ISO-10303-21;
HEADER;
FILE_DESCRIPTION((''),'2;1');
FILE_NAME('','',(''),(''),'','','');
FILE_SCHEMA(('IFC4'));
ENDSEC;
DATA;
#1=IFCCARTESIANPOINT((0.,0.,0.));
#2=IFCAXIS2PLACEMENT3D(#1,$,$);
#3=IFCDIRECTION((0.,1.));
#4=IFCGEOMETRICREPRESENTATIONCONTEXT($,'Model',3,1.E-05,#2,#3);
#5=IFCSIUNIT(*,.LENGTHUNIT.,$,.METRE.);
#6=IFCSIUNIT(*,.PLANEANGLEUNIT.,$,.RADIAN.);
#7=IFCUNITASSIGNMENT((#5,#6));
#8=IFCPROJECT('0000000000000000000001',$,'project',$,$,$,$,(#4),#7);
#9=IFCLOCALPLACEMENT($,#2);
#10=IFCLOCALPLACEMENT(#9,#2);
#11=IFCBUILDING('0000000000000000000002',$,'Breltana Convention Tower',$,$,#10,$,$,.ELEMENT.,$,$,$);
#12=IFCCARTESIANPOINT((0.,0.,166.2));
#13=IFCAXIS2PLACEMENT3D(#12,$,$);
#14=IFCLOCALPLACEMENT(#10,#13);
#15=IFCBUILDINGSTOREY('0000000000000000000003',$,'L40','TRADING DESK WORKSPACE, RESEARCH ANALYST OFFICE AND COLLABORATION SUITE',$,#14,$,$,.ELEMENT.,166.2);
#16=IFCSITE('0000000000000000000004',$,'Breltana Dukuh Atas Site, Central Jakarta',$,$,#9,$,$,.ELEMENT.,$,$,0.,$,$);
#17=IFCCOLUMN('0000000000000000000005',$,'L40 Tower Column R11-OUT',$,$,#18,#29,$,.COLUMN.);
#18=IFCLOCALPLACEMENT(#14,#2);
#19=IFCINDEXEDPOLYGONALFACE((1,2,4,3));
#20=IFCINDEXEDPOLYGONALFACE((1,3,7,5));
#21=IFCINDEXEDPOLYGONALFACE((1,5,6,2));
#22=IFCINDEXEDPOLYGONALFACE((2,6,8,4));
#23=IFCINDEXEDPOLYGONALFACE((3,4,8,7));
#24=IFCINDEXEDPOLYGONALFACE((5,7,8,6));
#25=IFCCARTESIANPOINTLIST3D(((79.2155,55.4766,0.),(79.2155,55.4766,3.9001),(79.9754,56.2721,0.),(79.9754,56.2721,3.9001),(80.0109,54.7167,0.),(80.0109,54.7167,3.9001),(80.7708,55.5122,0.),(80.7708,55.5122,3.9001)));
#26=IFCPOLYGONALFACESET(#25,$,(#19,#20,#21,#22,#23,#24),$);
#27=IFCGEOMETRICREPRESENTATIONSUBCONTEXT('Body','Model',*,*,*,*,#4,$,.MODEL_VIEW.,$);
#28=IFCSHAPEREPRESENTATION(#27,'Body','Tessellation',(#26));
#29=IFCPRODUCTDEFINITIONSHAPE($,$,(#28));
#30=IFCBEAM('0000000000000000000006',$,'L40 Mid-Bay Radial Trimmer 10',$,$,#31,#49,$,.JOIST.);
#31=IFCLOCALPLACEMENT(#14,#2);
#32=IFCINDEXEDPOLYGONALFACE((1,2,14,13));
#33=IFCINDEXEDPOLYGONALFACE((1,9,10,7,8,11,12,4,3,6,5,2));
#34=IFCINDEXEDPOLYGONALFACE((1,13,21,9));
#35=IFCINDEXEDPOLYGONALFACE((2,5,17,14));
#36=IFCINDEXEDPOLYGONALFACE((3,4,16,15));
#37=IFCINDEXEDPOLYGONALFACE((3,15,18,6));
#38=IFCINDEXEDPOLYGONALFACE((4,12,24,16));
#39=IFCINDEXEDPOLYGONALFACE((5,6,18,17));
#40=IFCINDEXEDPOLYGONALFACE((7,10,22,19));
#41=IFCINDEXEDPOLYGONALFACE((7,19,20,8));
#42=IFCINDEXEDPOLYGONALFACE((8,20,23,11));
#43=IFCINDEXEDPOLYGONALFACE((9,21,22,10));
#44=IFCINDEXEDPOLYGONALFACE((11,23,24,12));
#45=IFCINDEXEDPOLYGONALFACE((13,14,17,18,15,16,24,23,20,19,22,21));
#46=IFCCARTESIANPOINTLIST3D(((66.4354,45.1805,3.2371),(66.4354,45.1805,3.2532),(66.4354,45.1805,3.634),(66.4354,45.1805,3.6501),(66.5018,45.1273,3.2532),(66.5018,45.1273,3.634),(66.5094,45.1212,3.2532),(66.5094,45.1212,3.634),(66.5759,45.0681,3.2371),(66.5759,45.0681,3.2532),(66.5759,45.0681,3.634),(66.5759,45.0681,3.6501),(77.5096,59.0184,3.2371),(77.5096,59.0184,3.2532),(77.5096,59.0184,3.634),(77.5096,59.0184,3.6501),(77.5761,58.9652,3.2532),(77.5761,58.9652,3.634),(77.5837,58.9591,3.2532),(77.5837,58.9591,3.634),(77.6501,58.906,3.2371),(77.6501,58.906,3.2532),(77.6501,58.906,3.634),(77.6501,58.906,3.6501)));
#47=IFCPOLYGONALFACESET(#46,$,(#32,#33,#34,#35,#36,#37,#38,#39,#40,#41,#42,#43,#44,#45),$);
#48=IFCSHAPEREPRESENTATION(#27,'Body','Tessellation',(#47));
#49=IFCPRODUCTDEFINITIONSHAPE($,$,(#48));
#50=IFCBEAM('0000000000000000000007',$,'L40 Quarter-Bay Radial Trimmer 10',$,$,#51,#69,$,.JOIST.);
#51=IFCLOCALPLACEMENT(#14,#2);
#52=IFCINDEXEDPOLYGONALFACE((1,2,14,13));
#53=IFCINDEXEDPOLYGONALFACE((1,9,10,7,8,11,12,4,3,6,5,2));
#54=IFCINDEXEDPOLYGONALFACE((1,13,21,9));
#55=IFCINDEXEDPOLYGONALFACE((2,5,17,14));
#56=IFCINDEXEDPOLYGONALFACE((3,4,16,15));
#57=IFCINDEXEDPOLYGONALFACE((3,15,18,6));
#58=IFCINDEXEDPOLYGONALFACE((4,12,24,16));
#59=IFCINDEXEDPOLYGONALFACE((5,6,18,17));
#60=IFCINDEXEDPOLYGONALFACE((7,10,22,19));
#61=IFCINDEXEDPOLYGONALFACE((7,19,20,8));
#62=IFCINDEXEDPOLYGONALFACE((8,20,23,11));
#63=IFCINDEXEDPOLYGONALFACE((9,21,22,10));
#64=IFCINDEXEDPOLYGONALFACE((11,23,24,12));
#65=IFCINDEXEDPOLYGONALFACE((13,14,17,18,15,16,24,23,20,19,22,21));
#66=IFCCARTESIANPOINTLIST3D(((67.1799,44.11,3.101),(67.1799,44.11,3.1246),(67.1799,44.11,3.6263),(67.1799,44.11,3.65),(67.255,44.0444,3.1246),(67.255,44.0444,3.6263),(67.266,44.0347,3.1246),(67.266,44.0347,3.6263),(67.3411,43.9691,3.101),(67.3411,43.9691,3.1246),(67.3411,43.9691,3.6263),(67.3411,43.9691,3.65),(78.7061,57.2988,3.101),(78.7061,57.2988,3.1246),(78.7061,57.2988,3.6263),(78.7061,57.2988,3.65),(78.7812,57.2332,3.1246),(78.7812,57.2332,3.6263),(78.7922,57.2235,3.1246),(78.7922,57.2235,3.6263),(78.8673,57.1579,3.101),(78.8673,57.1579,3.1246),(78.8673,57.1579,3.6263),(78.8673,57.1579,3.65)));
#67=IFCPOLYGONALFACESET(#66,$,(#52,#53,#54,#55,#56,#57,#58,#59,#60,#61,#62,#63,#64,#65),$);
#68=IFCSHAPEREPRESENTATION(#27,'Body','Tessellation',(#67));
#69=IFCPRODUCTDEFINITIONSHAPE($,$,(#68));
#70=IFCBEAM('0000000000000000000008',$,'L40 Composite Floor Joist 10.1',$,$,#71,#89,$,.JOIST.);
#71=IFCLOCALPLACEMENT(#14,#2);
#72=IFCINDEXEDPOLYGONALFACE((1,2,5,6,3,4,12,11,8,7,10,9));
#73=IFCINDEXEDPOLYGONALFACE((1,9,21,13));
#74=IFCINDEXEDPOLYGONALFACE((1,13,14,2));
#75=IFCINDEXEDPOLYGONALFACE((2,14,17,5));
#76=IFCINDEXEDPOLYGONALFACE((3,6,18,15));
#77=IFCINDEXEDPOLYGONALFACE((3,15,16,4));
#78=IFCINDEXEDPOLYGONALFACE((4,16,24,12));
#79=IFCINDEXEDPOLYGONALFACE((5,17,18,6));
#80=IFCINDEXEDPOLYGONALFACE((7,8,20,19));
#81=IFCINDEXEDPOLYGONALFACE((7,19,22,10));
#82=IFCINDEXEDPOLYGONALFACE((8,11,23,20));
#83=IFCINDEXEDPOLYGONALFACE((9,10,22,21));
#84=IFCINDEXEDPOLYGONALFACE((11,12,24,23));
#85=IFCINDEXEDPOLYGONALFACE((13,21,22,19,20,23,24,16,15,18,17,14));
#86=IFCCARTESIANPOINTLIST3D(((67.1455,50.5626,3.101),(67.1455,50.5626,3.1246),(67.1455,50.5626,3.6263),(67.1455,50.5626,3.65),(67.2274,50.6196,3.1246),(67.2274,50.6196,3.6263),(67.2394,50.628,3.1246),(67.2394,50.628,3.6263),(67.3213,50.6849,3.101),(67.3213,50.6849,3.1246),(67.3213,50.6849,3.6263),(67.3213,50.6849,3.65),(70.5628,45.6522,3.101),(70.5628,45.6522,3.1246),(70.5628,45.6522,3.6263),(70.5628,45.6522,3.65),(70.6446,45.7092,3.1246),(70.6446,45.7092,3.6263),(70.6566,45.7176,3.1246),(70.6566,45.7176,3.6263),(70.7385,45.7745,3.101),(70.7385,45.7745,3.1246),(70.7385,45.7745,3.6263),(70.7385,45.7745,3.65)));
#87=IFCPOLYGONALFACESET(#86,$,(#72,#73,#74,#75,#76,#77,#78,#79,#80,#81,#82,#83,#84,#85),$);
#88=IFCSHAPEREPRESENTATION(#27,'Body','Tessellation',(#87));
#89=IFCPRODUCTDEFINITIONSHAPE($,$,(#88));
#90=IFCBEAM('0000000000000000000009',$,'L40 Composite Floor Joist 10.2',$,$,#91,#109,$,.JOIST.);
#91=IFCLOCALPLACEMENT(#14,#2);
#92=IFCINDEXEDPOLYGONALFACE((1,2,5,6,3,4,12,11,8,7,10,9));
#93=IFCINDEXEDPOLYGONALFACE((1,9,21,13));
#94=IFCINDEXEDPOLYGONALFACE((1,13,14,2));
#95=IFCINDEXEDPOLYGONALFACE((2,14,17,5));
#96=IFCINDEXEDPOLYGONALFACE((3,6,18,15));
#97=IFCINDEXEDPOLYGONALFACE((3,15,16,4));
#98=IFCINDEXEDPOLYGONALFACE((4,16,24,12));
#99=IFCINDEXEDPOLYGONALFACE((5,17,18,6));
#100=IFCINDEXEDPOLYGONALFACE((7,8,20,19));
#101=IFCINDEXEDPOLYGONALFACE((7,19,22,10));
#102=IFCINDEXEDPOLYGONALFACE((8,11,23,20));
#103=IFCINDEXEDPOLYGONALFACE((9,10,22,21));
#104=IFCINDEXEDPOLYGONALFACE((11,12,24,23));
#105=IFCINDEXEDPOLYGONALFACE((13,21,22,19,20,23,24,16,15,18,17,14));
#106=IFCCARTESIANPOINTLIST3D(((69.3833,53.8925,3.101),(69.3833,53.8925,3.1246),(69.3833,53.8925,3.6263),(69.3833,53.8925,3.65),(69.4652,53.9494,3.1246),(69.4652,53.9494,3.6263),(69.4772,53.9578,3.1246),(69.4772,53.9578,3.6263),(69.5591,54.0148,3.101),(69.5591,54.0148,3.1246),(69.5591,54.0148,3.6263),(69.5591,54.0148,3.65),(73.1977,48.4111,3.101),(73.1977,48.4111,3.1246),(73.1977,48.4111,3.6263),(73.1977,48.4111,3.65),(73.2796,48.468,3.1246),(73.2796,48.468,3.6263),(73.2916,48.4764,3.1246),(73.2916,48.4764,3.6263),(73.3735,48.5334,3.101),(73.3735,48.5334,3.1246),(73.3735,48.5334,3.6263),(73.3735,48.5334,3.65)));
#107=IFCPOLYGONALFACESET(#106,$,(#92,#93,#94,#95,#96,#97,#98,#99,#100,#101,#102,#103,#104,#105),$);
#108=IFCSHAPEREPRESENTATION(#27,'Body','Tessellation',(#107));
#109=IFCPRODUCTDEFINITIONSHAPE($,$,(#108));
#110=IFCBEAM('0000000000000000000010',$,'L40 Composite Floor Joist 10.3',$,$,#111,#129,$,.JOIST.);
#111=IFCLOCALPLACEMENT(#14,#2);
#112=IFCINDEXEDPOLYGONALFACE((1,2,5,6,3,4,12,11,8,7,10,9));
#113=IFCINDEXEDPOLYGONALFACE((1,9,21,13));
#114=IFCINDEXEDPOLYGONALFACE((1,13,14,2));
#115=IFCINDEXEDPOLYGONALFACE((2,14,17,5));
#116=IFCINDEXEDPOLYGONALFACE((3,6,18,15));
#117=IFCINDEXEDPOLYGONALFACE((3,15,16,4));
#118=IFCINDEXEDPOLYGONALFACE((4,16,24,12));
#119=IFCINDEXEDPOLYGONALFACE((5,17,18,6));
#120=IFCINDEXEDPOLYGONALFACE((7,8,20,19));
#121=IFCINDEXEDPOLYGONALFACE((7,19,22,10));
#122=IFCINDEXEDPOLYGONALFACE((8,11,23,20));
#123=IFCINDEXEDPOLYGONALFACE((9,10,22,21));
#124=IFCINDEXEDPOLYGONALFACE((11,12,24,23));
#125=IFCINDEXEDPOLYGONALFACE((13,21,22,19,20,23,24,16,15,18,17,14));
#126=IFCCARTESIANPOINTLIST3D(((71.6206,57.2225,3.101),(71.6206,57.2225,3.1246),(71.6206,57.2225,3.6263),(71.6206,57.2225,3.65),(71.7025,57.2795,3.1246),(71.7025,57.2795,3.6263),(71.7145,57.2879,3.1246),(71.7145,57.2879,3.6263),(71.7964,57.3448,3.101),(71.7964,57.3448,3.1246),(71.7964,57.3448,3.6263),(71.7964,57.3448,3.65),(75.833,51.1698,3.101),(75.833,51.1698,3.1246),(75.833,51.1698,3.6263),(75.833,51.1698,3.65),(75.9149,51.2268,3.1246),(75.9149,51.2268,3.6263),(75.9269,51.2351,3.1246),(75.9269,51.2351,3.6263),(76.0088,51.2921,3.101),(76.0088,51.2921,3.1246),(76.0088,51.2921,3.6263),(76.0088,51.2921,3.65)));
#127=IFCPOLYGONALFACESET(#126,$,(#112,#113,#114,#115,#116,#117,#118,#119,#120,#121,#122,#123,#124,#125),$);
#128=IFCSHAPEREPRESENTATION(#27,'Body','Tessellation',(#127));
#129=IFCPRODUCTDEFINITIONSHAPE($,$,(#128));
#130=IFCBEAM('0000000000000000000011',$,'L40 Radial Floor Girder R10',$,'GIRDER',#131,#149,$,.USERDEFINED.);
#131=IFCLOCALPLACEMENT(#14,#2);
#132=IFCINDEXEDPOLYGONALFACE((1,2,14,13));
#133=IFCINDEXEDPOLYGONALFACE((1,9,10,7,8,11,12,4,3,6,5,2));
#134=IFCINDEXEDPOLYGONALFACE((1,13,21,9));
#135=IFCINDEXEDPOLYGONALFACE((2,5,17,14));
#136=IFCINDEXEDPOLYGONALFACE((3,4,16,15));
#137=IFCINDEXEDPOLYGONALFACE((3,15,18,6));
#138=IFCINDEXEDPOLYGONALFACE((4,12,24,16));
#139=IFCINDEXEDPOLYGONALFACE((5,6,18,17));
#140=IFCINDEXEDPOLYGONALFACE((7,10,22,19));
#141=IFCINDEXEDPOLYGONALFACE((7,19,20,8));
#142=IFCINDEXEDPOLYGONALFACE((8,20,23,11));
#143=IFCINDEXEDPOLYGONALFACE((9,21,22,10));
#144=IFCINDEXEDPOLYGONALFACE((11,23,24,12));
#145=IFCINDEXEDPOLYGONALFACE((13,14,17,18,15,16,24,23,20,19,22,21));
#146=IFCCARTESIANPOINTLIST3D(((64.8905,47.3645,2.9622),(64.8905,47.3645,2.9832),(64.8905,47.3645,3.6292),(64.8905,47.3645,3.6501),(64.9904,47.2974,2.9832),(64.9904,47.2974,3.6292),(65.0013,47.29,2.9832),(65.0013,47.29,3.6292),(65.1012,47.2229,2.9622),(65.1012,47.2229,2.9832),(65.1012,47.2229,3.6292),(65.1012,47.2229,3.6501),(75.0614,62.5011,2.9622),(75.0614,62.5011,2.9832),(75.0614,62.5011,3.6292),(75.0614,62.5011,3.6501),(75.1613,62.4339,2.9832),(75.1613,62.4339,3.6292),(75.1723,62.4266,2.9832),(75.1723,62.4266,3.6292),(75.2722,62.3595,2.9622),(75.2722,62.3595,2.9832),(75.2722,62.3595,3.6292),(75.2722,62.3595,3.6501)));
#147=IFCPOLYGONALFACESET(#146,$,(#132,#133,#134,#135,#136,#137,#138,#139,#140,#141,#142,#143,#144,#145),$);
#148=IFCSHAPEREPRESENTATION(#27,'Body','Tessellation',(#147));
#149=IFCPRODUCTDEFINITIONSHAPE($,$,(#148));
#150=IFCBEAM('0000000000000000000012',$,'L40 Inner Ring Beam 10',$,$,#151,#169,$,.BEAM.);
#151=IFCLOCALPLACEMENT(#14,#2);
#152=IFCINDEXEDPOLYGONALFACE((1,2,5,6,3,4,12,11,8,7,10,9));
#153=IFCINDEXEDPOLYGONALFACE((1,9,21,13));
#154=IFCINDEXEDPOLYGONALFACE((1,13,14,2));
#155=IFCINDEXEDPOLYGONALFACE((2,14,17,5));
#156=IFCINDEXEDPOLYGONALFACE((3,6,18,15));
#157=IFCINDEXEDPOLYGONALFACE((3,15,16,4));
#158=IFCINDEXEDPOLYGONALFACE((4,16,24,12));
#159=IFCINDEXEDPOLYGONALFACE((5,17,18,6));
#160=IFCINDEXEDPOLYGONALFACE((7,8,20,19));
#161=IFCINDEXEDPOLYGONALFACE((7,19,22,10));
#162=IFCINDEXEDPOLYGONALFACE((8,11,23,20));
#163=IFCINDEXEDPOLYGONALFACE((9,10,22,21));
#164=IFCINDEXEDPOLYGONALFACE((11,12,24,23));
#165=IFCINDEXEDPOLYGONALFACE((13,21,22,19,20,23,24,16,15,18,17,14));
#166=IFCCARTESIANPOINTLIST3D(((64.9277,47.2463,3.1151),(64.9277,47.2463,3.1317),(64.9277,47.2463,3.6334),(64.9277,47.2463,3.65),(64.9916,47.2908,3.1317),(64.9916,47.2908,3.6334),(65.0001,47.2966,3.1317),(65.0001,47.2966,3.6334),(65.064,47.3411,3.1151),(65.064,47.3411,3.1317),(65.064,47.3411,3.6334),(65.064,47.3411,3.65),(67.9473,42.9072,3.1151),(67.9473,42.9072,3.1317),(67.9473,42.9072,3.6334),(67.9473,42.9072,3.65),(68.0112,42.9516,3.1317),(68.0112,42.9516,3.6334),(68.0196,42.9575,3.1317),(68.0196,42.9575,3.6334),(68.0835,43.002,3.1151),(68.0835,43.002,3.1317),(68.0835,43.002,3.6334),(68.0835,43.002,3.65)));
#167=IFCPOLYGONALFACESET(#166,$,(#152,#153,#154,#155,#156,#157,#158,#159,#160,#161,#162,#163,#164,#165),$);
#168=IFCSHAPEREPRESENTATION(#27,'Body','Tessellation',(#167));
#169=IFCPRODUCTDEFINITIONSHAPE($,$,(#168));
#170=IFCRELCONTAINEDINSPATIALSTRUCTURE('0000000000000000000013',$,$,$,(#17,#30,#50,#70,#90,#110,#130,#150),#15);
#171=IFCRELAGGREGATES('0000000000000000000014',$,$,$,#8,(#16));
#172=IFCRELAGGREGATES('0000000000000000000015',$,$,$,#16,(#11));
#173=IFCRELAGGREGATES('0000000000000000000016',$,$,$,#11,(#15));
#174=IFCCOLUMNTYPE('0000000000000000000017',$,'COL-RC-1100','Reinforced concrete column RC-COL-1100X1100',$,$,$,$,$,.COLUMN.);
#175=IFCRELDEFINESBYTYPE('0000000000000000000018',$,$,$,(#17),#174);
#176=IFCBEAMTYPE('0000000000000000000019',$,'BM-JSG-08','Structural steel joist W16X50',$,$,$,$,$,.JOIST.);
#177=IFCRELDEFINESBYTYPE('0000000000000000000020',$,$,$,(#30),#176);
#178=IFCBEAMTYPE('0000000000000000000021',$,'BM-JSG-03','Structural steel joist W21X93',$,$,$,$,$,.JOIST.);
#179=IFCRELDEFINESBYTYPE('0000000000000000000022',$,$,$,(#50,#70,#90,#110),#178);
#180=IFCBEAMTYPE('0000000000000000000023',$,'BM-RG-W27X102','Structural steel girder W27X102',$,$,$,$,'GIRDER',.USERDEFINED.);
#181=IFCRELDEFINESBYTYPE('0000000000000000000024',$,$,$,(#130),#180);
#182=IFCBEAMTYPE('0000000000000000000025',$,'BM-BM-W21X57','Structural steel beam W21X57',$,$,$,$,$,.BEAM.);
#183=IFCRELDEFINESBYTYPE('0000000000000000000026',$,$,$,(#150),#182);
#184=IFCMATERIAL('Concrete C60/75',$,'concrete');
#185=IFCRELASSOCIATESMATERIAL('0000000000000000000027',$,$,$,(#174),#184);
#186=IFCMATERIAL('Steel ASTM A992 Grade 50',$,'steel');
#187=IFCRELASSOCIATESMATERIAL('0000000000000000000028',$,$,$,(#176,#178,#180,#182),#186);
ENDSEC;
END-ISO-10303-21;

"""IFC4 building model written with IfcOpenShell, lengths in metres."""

from ifc_helpers import new_model, si_unit, direction, frame, origin, origin_2d, place, context, subcontext, project, spatial, rectangle, i_section, extrude, source, transform, mapped, material, material_profile, profile_set, type_object, element, save


model = new_model("IFC4")

# Units and contexts
model_context = context("Model", 3, precision=1e-05, world=origin(), true_north=direction((0.0, 1.0)))
body_context = subcontext(model_context, "Body", "Model", "MODEL_VIEW")
ifc_project = project(units=[si_unit("LENGTHUNIT", "METRE"), si_unit("PLANEANGLEUNIT", "RADIAN")], contexts=[model_context])

# Site, building, storey
site_placement = place(None, origin())
site = spatial("IfcSite", under=ifc_project, at=site_placement, Name="Breltana Dukuh Atas Site, Central Jakarta", CompositionType="ELEMENT", RefElevation=0.0)
building_placement = place(site_placement, origin())
building = spatial("IfcBuilding", under=site, at=building_placement, Name="Breltana Convention Tower", CompositionType="ELEMENT")
storey_placement = place(building_placement, frame((0.0, 0.0, 166.2)))
storey = spatial("IfcBuildingStorey", under=building, at=storey_placement, Name="L40", Description="TRADING DESK WORKSPACE, RESEARCH ANALYST OFFICE AND COLLABORATION SUITE", CompositionType="ELEMENT", Elevation=166.2)

# Column
ifc_material_1 = material(Name="Concrete C60/75", Category="concrete")
ifc_material_profile_1 = material_profile(ifc_material_1, rectangle(XDim=1.1001, YDim=1.1001, at=origin_2d()), Name="RC-COL-1100X1100")
ifc_profile_set_1 = profile_set([ifc_material_profile_1], Name="Concrete C60/75")
column_type_1 = type_object("IfcColumnType", Name="COL-RC-1100", Description="Reinforced concrete column RC-COL-1100X1100", PredefinedType="COLUMN", material=ifc_profile_set_1)
shared_shape_1 = source(origin(), body_context, "Body", "SweptSolid", [
    extrude(rectangle(XDim=1.1001, YDim=1.1001, at=origin_2d()), origin(), (0.0, 0.0, 1.0), 3.9001),
])
column_1_placement = place(storey_placement, frame((79.9932, 55.4944, 0.0), z_axis=(0.0, 0.0, 1.0), x_axis=(0.690756, 0.723088, 0.0)))
element("IfcColumn", 1, at=column_1_placement, inside=storey, type_object=column_type_1, Name="L40 Tower Column R11-OUT", PredefinedType="COLUMN", context=body_context, shape_type="MappedRepresentation", body=[
    mapped(shared_shape_1, transform((0.0, 0.0, 0.0), scale=1.0)),
])

# Beams
ifc_material_2 = material(Name="Steel ASTM A992 Grade 50", Category="steel")
ifc_material_profile_2 = material_profile(ifc_material_2, i_section(OverallWidth=0.1799, OverallDepth=0.4131, WebThickness=0.0098, FlangeThickness=0.0161, at=origin_2d()), Name="W16X50")
ifc_profile_set_2 = profile_set([ifc_material_profile_2], Name="Steel ASTM A992 Grade 50")
beam_type_1 = type_object("IfcBeamType", Name="BM-JSG-08", Description="Structural steel joist W16X50", PredefinedType="JOIST", material=ifc_profile_set_2)
shared_shape_2 = source(origin(), body_context, "Body", "SweptSolid", [
    extrude(i_section(OverallWidth=0.1799, OverallDepth=0.4131, WebThickness=0.0098, FlangeThickness=0.0161, at=origin_2d()), origin(), (0.0, 0.0, 1.0), 17.7236),
])
beam_1_placement = place(storey_placement, frame((66.5056, 45.1243, 3.4436), z_axis=(0.624829, 0.780761, 0.0), x_axis=(-0.780761, 0.624829, 0.0)))
element("IfcBeam", 2, at=beam_1_placement, inside=storey, type_object=beam_type_1, Name="L40 Mid-Bay Radial Trimmer 10", PredefinedType="JOIST", context=body_context, shape_type="MappedRepresentation", body=[
    mapped(shared_shape_2, transform((0.0, 0.0, 0.0), scale=1.0)),
])
ifc_material_profile_3 = material_profile(ifc_material_2, i_section(OverallWidth=0.2141, OverallDepth=0.5491, WebThickness=0.0146, FlangeThickness=0.0237, at=origin_2d()), Name="W21X93")
ifc_profile_set_3 = profile_set([ifc_material_profile_3], Name="Steel ASTM A992 Grade 50")
beam_type_2 = type_object("IfcBeamType", Name="BM-JSG-03", Description="Structural steel joist W21X93", PredefinedType="JOIST", material=ifc_profile_set_3)
shared_shape_3 = source(origin(), body_context, "Body", "SweptSolid", [
    extrude(i_section(OverallWidth=0.2141, OverallDepth=0.5491, WebThickness=0.0146, FlangeThickness=0.0237, at=origin_2d()), origin(), (0.0, 0.0, 1.0), 17.5156),
])
beam_2_placement = place(storey_placement, frame((67.2605, 44.0396, 3.3755), z_axis=(0.658052, 0.752973, 0.0), x_axis=(-0.752973, 0.658052, 0.0)))
element("IfcBeam", 3, at=beam_2_placement, inside=storey, type_object=beam_type_2, Name="L40 Quarter-Bay Radial Trimmer 10", PredefinedType="JOIST", context=body_context, shape_type="MappedRepresentation", body=[
    mapped(shared_shape_3, transform((0.0, 0.0, 0.0), scale=1.0)),
])
shared_shape_4 = source(origin(), body_context, "Body", "SweptSolid", [
    extrude(i_section(OverallWidth=0.2141, OverallDepth=0.5491, WebThickness=0.0146, FlangeThickness=0.0237, at=origin_2d()), origin(), (0.0, 0.0, 1.0), 5.9824),
])
beam_3_placement = place(storey_placement, frame((67.2334, 50.6238, 3.3755), z_axis=(0.571212, -0.820803, 0.0), x_axis=(0.820803, 0.571212, 0.0)))
element("IfcBeam", 4, at=beam_3_placement, inside=storey, type_object=beam_type_2, Name="L40 Composite Floor Joist 10.1", PredefinedType="JOIST", context=body_context, shape_type="MappedRepresentation", body=[
    mapped(shared_shape_4, transform((0.0, 0.0, 0.0), scale=1.0)),
])
shared_shape_5 = source(origin(), body_context, "Body", "SweptSolid", [
    extrude(i_section(OverallWidth=0.2141, OverallDepth=0.5491, WebThickness=0.0146, FlangeThickness=0.0237, at=origin_2d()), origin(), (0.0, 0.0, 1.0), 6.678),
])
beam_4_placement = place(storey_placement, frame((69.4712, 53.9536, 3.3755), z_axis=(0.571193, -0.820816, 0.0), x_axis=(0.820816, 0.571193, 0.0)))
element("IfcBeam", 5, at=beam_4_placement, inside=storey, type_object=beam_type_2, Name="L40 Composite Floor Joist 10.2", PredefinedType="JOIST", context=body_context, shape_type="MappedRepresentation", body=[
    mapped(shared_shape_5, transform((0.0, 0.0, 0.0), scale=1.0)),
])
shared_shape_6 = source(origin(), body_context, "Body", "SweptSolid", [
    extrude(i_section(OverallWidth=0.2141, OverallDepth=0.5491, WebThickness=0.0146, FlangeThickness=0.0237, at=origin_2d()), origin(), (0.0, 0.0, 1.0), 7.3743),
])
beam_5_placement = place(storey_placement, frame((71.7085, 57.2837, 3.3755), z_axis=(0.571229, -0.82079, 0.0), x_axis=(0.82079, 0.571229, 0.0)))
element("IfcBeam", 6, at=beam_5_placement, inside=storey, type_object=beam_type_2, Name="L40 Composite Floor Joist 10.3", PredefinedType="JOIST", context=body_context, shape_type="MappedRepresentation", body=[
    mapped(shared_shape_6, transform((0.0, 0.0, 0.0), scale=1.0)),
])
ifc_material_profile_4 = material_profile(ifc_material_2, i_section(OverallWidth=0.2539, OverallDepth=0.688, WebThickness=0.0132, FlangeThickness=0.021, at=origin_2d()), Name="W27X102")
ifc_profile_set_4 = profile_set([ifc_material_profile_4], Name="Steel ASTM A992 Grade 50")
beam_type_3 = type_object("IfcBeamType", Name="BM-RG-W27X102", Description="Structural steel girder W27X102", ElementType="GIRDER", PredefinedType="USERDEFINED", material=ifc_profile_set_4)
shared_shape_7 = source(origin(), body_context, "Body", "SweptSolid", [
    extrude(i_section(OverallWidth=0.2539, OverallDepth=0.688, WebThickness=0.0132, FlangeThickness=0.021, at=origin_2d()), origin(), (0.0, 0.0, 1.0), 18.2363),
])
beam_6_placement = place(storey_placement, frame((64.9958, 47.2937, 3.3062), z_axis=(0.55773, 0.830022, 0.0), x_axis=(-0.830022, 0.55773, 0.0)))
element("IfcBeam", 7, at=beam_6_placement, inside=storey, type_object=beam_type_3, Name="L40 Radial Floor Girder R10", ObjectType="GIRDER", PredefinedType="USERDEFINED", context=body_context, shape_type="MappedRepresentation", body=[
    mapped(shared_shape_7, transform((0.0, 0.0, 0.0), scale=1.0)),
])
ifc_material_profile_5 = material_profile(ifc_material_2, i_section(OverallWidth=0.166, OverallDepth=0.5349, WebThickness=0.0103, FlangeThickness=0.0166, at=origin_2d()), Name="W21X57")
ifc_profile_set_5 = profile_set([ifc_material_profile_5], Name="Steel ASTM A992 Grade 50")
beam_type_4 = type_object("IfcBeamType", Name="BM-BM-W21X57", Description="Structural steel beam W21X57", PredefinedType="BEAM", material=ifc_profile_set_5)
shared_shape_8 = source(origin(), body_context, "Body", "SweptSolid", [
    extrude(i_section(OverallWidth=0.166, OverallDepth=0.5349, WebThickness=0.0103, FlangeThickness=0.0166, at=origin_2d()), origin(), (0.0, 0.0, 1.0), 5.2864),
])
beam_7_placement = place(storey_placement, frame((64.9958, 47.2937, 3.3826), z_axis=(0.571194, -0.820815, 0.0), x_axis=(0.820815, 0.571194, 0.0)))
element("IfcBeam", 8, at=beam_7_placement, inside=storey, type_object=beam_type_4, Name="L40 Inner Ring Beam 10", PredefinedType="BEAM", context=body_context, shape_type="MappedRepresentation", body=[
    mapped(shared_shape_8, transform((0.0, 0.0, 0.0), scale=1.0)),
])

save(model, "model.ifc")
